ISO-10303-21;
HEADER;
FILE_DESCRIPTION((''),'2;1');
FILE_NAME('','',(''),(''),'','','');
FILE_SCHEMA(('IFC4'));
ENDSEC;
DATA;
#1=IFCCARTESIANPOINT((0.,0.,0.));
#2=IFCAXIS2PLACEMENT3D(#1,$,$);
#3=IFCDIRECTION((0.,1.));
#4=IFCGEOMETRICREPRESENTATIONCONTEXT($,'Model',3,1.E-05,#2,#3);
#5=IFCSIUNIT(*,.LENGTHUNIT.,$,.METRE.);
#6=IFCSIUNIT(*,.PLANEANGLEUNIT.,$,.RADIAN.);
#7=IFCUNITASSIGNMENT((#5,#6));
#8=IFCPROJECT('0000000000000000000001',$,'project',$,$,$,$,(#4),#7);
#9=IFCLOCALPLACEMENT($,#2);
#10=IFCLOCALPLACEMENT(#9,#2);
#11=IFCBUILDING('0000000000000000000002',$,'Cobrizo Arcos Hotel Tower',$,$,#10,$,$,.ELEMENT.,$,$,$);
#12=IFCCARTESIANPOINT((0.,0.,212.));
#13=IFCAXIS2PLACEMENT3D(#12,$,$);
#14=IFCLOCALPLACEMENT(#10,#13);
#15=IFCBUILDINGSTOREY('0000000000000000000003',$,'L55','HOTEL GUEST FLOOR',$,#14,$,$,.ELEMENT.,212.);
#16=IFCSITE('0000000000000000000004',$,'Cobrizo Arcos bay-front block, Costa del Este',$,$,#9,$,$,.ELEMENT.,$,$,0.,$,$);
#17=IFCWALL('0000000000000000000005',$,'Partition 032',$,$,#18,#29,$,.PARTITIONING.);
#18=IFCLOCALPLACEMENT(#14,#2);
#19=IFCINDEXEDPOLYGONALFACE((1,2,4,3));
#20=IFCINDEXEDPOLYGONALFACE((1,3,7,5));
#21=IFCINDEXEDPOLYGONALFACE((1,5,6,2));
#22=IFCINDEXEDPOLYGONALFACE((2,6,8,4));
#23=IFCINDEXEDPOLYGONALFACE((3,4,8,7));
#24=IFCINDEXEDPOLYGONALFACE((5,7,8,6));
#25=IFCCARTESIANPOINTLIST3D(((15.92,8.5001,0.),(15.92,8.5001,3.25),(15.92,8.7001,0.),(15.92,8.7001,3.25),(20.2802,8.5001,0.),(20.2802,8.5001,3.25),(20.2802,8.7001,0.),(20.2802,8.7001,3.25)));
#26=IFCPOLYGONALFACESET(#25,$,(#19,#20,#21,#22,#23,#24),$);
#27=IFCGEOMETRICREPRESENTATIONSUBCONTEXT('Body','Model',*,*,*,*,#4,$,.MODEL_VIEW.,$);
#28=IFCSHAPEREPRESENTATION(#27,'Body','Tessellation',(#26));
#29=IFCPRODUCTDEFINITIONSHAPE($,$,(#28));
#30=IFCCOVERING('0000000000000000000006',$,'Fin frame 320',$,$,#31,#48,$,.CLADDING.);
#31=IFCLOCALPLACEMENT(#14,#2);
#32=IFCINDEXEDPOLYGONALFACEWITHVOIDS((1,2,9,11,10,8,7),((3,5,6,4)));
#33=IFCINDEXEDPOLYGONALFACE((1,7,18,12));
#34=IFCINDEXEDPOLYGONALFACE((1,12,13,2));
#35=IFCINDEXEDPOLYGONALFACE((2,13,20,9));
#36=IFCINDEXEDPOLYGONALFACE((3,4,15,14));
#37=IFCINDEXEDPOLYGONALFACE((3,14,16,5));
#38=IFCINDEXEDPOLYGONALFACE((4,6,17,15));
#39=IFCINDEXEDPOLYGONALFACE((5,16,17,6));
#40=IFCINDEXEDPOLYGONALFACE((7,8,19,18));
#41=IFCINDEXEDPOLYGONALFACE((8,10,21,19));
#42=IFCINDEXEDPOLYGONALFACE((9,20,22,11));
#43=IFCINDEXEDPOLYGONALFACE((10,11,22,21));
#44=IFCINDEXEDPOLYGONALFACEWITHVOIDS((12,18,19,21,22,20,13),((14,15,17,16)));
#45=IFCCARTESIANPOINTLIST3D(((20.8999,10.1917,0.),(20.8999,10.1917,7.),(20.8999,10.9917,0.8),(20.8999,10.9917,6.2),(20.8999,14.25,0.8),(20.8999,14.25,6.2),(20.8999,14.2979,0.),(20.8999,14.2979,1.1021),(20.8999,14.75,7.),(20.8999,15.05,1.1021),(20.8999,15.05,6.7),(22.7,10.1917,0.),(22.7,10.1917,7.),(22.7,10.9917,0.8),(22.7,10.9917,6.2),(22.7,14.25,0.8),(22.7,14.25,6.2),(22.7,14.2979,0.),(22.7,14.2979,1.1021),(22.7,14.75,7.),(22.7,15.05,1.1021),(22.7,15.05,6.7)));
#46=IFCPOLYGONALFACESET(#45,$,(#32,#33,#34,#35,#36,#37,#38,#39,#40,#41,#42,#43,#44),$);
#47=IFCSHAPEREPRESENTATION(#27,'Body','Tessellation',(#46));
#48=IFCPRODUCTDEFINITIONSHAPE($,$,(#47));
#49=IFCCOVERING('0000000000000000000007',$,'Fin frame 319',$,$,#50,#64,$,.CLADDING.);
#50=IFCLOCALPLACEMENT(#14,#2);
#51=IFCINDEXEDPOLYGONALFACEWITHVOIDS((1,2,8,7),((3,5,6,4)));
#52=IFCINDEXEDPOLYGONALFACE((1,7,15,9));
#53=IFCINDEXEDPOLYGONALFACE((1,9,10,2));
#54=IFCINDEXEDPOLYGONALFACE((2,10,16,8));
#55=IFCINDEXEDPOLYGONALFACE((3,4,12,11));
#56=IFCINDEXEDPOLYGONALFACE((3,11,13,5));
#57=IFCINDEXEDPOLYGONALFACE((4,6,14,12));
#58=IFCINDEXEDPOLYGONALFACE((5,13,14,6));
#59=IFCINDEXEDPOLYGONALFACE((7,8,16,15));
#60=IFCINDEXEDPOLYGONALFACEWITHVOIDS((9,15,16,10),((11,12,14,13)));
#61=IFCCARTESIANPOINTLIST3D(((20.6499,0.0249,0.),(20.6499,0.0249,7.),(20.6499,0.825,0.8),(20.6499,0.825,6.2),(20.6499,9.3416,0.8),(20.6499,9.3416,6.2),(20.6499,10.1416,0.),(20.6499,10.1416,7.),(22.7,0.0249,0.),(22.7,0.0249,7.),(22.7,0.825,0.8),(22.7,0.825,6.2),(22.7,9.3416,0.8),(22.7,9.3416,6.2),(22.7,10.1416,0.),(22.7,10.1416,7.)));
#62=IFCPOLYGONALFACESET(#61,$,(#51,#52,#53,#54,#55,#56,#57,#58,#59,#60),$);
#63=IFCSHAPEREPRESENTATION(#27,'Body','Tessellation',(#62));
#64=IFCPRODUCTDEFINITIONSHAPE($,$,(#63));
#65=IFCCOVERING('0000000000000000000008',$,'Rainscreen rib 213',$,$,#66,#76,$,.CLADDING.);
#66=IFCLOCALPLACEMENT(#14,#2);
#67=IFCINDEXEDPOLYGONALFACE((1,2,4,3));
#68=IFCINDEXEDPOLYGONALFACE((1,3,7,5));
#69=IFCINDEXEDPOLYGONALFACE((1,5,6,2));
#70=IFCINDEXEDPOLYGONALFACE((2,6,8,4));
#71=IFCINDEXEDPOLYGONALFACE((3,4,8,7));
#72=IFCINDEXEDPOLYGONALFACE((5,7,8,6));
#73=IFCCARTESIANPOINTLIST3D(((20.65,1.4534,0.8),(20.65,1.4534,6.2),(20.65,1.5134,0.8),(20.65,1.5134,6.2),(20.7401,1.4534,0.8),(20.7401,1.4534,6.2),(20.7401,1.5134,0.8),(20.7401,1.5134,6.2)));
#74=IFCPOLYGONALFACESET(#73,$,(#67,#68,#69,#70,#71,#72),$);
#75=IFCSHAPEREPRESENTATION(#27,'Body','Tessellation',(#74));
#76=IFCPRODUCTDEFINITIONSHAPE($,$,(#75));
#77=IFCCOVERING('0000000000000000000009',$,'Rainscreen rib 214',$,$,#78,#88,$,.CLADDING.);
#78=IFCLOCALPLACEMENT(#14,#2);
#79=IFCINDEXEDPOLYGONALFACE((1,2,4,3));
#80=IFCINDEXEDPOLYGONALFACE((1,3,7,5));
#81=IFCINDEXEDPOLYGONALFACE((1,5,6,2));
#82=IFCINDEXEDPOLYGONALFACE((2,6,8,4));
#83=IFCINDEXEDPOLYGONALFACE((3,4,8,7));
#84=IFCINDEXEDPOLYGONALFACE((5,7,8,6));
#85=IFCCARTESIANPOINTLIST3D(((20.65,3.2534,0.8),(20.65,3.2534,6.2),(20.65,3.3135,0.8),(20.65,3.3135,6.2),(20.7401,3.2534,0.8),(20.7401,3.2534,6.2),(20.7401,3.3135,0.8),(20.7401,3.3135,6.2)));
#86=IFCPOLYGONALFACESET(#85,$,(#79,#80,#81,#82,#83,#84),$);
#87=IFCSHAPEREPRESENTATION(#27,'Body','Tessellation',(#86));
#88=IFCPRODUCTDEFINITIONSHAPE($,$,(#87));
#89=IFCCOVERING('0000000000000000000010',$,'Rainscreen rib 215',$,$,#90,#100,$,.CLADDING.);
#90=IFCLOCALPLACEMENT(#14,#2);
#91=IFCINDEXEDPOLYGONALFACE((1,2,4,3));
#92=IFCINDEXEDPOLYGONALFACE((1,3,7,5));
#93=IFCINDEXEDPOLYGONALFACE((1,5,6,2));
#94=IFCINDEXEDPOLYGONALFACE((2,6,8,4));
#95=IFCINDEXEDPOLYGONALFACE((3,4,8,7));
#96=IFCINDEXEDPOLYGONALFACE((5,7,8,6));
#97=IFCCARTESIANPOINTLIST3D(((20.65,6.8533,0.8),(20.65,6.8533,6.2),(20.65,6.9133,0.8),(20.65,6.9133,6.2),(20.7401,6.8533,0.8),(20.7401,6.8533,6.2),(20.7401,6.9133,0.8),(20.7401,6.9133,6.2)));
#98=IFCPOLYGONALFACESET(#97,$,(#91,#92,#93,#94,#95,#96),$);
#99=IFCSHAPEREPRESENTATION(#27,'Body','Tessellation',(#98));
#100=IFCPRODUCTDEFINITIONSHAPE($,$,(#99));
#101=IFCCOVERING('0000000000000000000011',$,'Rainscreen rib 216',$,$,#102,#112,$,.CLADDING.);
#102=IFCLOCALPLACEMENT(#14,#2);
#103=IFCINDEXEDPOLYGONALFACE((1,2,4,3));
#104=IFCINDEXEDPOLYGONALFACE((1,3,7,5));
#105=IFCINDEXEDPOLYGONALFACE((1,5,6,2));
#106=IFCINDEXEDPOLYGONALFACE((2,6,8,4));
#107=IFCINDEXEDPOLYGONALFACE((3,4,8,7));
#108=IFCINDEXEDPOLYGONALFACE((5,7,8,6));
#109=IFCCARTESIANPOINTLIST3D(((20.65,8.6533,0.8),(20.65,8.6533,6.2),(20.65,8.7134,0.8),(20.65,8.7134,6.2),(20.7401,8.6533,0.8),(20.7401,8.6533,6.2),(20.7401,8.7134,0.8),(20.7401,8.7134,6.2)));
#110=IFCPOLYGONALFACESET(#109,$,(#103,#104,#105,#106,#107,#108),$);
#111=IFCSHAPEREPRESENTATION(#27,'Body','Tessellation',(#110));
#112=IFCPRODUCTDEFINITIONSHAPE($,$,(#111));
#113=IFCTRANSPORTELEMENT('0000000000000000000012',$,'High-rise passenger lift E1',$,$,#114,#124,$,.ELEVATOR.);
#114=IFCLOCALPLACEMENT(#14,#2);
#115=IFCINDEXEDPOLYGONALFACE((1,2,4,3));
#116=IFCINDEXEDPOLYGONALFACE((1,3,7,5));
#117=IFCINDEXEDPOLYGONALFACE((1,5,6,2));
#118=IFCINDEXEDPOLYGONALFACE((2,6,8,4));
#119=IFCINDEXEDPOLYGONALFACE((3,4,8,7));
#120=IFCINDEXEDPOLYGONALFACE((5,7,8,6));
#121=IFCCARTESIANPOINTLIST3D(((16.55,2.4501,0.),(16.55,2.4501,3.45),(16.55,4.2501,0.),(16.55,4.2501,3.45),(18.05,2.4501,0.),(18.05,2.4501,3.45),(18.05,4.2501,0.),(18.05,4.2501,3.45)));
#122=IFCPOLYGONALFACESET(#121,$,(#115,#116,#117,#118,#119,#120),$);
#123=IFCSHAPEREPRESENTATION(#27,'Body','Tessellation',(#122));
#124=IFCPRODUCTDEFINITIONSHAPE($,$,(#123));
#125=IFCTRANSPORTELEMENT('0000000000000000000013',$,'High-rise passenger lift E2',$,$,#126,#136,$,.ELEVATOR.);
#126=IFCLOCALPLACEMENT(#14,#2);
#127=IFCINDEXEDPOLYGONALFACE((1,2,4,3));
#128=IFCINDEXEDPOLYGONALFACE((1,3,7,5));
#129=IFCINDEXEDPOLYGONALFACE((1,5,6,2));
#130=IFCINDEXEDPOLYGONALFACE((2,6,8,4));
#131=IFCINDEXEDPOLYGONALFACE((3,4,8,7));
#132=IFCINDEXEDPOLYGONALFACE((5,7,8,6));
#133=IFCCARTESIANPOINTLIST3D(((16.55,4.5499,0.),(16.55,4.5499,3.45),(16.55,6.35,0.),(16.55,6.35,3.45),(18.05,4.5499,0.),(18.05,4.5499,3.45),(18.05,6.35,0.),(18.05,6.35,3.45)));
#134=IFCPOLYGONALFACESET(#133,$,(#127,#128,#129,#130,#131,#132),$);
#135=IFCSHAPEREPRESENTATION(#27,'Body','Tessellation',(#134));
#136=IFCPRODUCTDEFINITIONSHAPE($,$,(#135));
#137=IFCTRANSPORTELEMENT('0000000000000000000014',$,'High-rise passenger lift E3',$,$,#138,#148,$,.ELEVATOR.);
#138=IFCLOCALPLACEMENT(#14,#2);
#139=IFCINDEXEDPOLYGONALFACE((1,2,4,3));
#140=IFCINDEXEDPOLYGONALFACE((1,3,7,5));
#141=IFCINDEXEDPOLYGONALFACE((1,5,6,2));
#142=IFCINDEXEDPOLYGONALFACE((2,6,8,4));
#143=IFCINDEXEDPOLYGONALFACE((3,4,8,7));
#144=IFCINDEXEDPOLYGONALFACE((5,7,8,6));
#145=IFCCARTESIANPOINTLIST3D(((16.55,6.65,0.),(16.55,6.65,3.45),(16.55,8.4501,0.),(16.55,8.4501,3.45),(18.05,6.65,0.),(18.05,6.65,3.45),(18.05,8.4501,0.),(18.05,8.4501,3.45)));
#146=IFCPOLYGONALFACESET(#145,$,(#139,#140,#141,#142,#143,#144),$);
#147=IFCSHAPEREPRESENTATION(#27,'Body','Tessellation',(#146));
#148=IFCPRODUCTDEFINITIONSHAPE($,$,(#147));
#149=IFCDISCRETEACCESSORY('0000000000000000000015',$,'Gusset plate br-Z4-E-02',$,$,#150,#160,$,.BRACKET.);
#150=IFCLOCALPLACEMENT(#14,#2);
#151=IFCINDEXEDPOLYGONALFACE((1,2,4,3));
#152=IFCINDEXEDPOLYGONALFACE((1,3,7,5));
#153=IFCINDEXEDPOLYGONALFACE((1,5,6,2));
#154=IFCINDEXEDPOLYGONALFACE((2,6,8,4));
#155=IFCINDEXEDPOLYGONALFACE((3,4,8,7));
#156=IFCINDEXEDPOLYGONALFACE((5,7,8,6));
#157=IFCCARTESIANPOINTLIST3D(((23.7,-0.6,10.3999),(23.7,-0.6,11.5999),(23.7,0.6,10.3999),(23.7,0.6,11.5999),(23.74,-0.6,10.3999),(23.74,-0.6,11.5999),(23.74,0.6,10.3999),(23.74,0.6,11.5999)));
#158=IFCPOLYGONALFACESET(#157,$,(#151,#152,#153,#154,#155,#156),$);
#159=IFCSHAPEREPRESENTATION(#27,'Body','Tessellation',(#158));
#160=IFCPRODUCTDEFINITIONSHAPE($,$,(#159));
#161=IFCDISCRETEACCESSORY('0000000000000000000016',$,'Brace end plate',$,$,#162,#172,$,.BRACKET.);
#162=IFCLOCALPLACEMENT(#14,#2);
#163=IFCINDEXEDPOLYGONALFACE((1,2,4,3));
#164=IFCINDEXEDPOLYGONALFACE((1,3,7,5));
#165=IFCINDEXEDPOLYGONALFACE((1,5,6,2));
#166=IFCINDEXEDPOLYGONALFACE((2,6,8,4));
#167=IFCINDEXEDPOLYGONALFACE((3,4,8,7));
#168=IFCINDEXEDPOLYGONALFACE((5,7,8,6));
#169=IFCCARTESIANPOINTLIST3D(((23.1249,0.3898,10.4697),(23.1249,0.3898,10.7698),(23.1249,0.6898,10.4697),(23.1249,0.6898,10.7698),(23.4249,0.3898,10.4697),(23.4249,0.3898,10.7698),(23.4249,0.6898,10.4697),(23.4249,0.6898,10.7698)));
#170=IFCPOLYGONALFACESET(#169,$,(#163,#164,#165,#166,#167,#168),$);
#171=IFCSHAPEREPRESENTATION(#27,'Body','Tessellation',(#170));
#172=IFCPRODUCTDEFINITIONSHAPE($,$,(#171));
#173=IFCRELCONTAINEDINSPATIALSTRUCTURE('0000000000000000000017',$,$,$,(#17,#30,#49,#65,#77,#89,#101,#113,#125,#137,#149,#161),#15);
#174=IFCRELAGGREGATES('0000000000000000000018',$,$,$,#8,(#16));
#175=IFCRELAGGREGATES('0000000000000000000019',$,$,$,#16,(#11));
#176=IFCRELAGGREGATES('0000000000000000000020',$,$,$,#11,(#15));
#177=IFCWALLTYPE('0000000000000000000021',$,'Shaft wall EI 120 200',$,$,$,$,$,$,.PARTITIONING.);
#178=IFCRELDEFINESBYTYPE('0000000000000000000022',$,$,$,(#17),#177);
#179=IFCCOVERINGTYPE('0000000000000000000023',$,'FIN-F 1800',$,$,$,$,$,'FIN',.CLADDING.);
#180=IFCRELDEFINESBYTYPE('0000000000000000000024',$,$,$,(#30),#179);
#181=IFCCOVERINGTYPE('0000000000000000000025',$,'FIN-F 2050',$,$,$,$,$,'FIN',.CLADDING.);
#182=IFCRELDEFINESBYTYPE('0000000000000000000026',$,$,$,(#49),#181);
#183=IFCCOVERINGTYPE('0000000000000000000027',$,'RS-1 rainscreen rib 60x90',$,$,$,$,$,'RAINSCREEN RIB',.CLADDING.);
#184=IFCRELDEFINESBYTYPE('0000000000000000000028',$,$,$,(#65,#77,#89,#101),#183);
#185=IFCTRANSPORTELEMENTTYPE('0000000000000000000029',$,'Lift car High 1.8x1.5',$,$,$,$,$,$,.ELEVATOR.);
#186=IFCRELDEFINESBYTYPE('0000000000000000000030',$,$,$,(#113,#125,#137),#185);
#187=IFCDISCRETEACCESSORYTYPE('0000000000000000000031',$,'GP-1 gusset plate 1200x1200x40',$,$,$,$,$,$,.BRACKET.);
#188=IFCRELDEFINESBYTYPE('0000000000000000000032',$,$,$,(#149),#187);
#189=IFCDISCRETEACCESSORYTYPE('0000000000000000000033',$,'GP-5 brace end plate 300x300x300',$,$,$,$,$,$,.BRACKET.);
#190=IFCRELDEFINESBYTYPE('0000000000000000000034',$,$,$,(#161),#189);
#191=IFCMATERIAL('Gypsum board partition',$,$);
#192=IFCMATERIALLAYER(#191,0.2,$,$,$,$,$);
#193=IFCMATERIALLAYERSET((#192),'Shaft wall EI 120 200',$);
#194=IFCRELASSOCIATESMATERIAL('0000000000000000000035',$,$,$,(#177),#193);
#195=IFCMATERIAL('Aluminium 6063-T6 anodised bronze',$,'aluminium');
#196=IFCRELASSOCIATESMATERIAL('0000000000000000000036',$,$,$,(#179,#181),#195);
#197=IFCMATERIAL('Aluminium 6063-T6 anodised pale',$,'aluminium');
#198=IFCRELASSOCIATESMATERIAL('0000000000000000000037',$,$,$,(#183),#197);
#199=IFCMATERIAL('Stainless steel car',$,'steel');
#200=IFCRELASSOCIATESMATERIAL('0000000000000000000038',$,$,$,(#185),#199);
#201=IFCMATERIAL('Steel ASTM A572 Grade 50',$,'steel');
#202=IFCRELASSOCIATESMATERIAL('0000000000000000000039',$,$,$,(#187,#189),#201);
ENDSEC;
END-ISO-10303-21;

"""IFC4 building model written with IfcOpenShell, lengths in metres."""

from ifc_helpers import new_model, si_unit, direction, frame, frame_2d, origin, origin_2d, place, context, subcontext, project, spatial, polyline, rectangle, outline, extrude, material, layer, layer_set, type_object, element, save


model = new_model("IFC4")

# Units and contexts
model_context = context("Model", 3, precision=1e-05, world=origin(), true_north=direction((0.0, 1.0)))
body_context = subcontext(model_context, "Body", "Model", "MODEL_VIEW")
ifc_project = project(units=[si_unit("LENGTHUNIT", "METRE"), si_unit("PLANEANGLEUNIT", "RADIAN")], contexts=[model_context])

# Site, building, storey
site_placement = place(None, origin())
site = spatial("IfcSite", under=ifc_project, at=site_placement, Name="Cobrizo Arcos bay-front block, Costa del Este", CompositionType="ELEMENT", RefElevation=0.0)
building_placement = place(site_placement, origin())
building = spatial("IfcBuilding", under=site, at=building_placement, Name="Cobrizo Arcos Hotel Tower", CompositionType="ELEMENT")
storey_placement = place(building_placement, frame((0.0, 0.0, 212.0)))
storey = spatial("IfcBuildingStorey", under=building, at=storey_placement, Name="L55", Description="HOTEL GUEST FLOOR", CompositionType="ELEMENT", Elevation=212.0)

# Shared definitions
ifc_material_1 = material(Name="Aluminium 6063-T6 anodised bronze", Category="aluminium")

# Shared definitions
ifc_material_2 = material(Name="Gypsum board partition")

# Wall
ifc_layer_1 = layer(ifc_material_2, 0.2)
ifc_layer_set_1 = layer_set([ifc_layer_1], Name="Shaft wall EI 120 200")
wall_type_1 = type_object("IfcWallType", Name="Shaft wall EI 120 200", PredefinedType="PARTITIONING", material=ifc_layer_set_1)
wall_1_placement = place(storey_placement, frame((15.9199, 8.6001, 0.0), z_axis=(0.0, 0.0, 1.0), x_axis=(1.0, 0.0, 0.0)))
element("IfcWall", 1, at=wall_1_placement, inside=storey, type_object=wall_type_1, Name="Partition 032", PredefinedType="PARTITIONING", context=body_context, shape_type="SweptSolid", body=[
    extrude(rectangle(XDim=4.3601, YDim=0.2, at=frame_2d((2.1802, 0.0))), origin(), (0.0, 0.0, 1.0), 3.25),
])

# Coverings
covering_type_1 = type_object("IfcCoveringType", Name="FIN-F 1800", ElementType="FIN", PredefinedType="CLADDING", material=ifc_material_1)
covering_1_placement = place(storey_placement, frame((20.8999, 10.1917, 0.0), z_axis=(1.0, 0.0, 0.0), x_axis=(0.0, 1.0, 0.0)))
element("IfcCovering", 2, at=covering_1_placement, inside=storey, type_object=covering_type_1, Name="Fin frame 320", PredefinedType="CLADDING", context=body_context, shape_type="SweptSolid", body=[
    extrude(outline(polyline([(0.0, 0.0), (4.1062, 0.0), (4.1062, 1.1021), (4.8584, 1.1021), (4.8584, 6.7), (4.5583, 7.0), (0.0, 7.0), (0.0, 0.0)]), holes=[polyline([(4.0583, 0.8), (0.8, 0.8), (0.8, 6.2), (4.0583, 6.2), (4.0583, 0.8)])]), origin(), (0.0, 0.0, 1.0), 1.8),
])
covering_type_2 = type_object("IfcCoveringType", Name="FIN-F 2050", ElementType="FIN", PredefinedType="CLADDING", material=ifc_material_1)
covering_2_placement = place(storey_placement, frame((20.6499, 0.0249, 0.0), z_axis=(1.0, 0.0, 0.0), x_axis=(0.0, 1.0, 0.0)))
element("IfcCovering", 3, at=covering_2_placement, inside=storey, type_object=covering_type_2, Name="Fin frame 319", PredefinedType="CLADDING", context=body_context, shape_type="SweptSolid", body=[
    extrude(outline(polyline([(0.0, 7.0), (0.0, 0.0), (10.1167, 0.0), (10.1167, 7.0), (0.0, 7.0)]), holes=[polyline([(9.3167, 0.8), (0.8, 0.8), (0.8, 6.2), (9.3167, 6.2), (9.3167, 0.8)])]), origin(), (0.0, 0.0, 1.0), 2.05),
])
ifc_material_3 = material(Name="Aluminium 6063-T6 anodised pale", Category="aluminium")
covering_type_3 = type_object("IfcCoveringType", Name="RS-1 rainscreen rib 60x90", ElementType="RAINSCREEN RIB", PredefinedType="CLADDING", material=ifc_material_3)
for number, where, z_axis, x_axis, name in (
    (4, (20.6951, 1.4834, 0.8), (0.0, 0.0, 1.0), (0.0, 1.0, 0.0), "Rainscreen rib 213"),
    (5, (20.6951, 3.2834, 0.8), (0.0, 0.0, 1.0), (0.0, 1.0, 0.0), "Rainscreen rib 214"),
    (6, (20.6951, 6.8833, 0.8), (0.0, 0.0, 1.0), (0.0, 1.0, 0.0), "Rainscreen rib 215"),
    (7, (20.6951, 8.6833, 0.8), (0.0, 0.0, 1.0), (0.0, 1.0, 0.0), "Rainscreen rib 216"),
):
    element("IfcCovering", number, at=place(storey_placement, frame(where, z_axis=z_axis, x_axis=x_axis)), inside=storey, type_object=covering_type_3, Name=name, PredefinedType="CLADDING", context=body_context, shape_type="SweptSolid", body=[
        extrude(rectangle(XDim=0.0601, YDim=0.0901, at=origin_2d()), origin(), (0.0, 0.0, 1.0), 5.3999),
    ])

# Transport elements
ifc_material_4 = material(Name="Stainless steel car", Category="steel")
transport_element_type = type_object("IfcTransportElementType", Name="Lift car High 1.8x1.5", PredefinedType="ELEVATOR", material=ifc_material_4)
for number, where, z_axis, x_axis, name in (
    (8, (17.3, 3.3501, 0.0), (0.0, 0.0, 1.0), (1.0, 0.0, 0.0), "High-rise passenger lift E1"),
    (9, (17.3, 5.45, 0.0), (0.0, 0.0, 1.0), (1.0, 0.0, 0.0), "High-rise passenger lift E2"),
    (10, (17.3, 7.55, 0.0), (0.0, 0.0, 1.0), (1.0, 0.0, 0.0), "High-rise passenger lift E3"),
):
    element("IfcTransportElement", number, at=place(storey_placement, frame(where, z_axis=z_axis, x_axis=x_axis)), inside=storey, type_object=transport_element_type, Name=name, PredefinedType="ELEVATOR", context=body_context, shape_type="SweptSolid", body=[
        extrude(rectangle(XDim=1.5, YDim=1.8, at=origin_2d()), origin(), (0.0, 0.0, 1.0), 3.45),
    ])

# Discrete accessories
ifc_material_5 = material(Name="Steel ASTM A572 Grade 50", Category="steel")
discrete_accessory_type_1 = type_object("IfcDiscreteAccessoryType", Name="GP-1 gusset plate 1200x1200x40", PredefinedType="BRACKET", material=ifc_material_5)
discrete_accessory_1_placement = place(storey_placement, frame((23.72, 0.0, 10.3999), z_axis=(0.0, 0.0, 1.0), x_axis=(1.0, 0.0, 0.0)))
element("IfcDiscreteAccessory", 11, at=discrete_accessory_1_placement, inside=storey, type_object=discrete_accessory_type_1, Name="Gusset plate br-Z4-E-02", PredefinedType="BRACKET", context=body_context, shape_type="SweptSolid", body=[
    extrude(rectangle(XDim=0.04, YDim=1.2, at=origin_2d()), origin(), (0.0, 0.0, 1.0), 1.2),
])
discrete_accessory_type_2 = type_object("IfcDiscreteAccessoryType", Name="GP-5 brace end plate 300x300x300", PredefinedType="BRACKET", material=ifc_material_5)
discrete_accessory_2_placement = place(storey_placement, frame((23.2749, 0.5398, 10.4697), z_axis=(0.0, 0.0, 1.0), x_axis=(1.0, 0.0, 0.0)))
element("IfcDiscreteAccessory", 12, at=discrete_accessory_2_placement, inside=storey, type_object=discrete_accessory_type_2, Name="Brace end plate", PredefinedType="BRACKET", context=body_context, shape_type="SweptSolid", body=[
    extrude(rectangle(XDim=0.3, YDim=0.3, at=origin_2d()), origin(), (0.0, 0.0, 1.0), 0.3),
])

save(model, "model.ifc")
